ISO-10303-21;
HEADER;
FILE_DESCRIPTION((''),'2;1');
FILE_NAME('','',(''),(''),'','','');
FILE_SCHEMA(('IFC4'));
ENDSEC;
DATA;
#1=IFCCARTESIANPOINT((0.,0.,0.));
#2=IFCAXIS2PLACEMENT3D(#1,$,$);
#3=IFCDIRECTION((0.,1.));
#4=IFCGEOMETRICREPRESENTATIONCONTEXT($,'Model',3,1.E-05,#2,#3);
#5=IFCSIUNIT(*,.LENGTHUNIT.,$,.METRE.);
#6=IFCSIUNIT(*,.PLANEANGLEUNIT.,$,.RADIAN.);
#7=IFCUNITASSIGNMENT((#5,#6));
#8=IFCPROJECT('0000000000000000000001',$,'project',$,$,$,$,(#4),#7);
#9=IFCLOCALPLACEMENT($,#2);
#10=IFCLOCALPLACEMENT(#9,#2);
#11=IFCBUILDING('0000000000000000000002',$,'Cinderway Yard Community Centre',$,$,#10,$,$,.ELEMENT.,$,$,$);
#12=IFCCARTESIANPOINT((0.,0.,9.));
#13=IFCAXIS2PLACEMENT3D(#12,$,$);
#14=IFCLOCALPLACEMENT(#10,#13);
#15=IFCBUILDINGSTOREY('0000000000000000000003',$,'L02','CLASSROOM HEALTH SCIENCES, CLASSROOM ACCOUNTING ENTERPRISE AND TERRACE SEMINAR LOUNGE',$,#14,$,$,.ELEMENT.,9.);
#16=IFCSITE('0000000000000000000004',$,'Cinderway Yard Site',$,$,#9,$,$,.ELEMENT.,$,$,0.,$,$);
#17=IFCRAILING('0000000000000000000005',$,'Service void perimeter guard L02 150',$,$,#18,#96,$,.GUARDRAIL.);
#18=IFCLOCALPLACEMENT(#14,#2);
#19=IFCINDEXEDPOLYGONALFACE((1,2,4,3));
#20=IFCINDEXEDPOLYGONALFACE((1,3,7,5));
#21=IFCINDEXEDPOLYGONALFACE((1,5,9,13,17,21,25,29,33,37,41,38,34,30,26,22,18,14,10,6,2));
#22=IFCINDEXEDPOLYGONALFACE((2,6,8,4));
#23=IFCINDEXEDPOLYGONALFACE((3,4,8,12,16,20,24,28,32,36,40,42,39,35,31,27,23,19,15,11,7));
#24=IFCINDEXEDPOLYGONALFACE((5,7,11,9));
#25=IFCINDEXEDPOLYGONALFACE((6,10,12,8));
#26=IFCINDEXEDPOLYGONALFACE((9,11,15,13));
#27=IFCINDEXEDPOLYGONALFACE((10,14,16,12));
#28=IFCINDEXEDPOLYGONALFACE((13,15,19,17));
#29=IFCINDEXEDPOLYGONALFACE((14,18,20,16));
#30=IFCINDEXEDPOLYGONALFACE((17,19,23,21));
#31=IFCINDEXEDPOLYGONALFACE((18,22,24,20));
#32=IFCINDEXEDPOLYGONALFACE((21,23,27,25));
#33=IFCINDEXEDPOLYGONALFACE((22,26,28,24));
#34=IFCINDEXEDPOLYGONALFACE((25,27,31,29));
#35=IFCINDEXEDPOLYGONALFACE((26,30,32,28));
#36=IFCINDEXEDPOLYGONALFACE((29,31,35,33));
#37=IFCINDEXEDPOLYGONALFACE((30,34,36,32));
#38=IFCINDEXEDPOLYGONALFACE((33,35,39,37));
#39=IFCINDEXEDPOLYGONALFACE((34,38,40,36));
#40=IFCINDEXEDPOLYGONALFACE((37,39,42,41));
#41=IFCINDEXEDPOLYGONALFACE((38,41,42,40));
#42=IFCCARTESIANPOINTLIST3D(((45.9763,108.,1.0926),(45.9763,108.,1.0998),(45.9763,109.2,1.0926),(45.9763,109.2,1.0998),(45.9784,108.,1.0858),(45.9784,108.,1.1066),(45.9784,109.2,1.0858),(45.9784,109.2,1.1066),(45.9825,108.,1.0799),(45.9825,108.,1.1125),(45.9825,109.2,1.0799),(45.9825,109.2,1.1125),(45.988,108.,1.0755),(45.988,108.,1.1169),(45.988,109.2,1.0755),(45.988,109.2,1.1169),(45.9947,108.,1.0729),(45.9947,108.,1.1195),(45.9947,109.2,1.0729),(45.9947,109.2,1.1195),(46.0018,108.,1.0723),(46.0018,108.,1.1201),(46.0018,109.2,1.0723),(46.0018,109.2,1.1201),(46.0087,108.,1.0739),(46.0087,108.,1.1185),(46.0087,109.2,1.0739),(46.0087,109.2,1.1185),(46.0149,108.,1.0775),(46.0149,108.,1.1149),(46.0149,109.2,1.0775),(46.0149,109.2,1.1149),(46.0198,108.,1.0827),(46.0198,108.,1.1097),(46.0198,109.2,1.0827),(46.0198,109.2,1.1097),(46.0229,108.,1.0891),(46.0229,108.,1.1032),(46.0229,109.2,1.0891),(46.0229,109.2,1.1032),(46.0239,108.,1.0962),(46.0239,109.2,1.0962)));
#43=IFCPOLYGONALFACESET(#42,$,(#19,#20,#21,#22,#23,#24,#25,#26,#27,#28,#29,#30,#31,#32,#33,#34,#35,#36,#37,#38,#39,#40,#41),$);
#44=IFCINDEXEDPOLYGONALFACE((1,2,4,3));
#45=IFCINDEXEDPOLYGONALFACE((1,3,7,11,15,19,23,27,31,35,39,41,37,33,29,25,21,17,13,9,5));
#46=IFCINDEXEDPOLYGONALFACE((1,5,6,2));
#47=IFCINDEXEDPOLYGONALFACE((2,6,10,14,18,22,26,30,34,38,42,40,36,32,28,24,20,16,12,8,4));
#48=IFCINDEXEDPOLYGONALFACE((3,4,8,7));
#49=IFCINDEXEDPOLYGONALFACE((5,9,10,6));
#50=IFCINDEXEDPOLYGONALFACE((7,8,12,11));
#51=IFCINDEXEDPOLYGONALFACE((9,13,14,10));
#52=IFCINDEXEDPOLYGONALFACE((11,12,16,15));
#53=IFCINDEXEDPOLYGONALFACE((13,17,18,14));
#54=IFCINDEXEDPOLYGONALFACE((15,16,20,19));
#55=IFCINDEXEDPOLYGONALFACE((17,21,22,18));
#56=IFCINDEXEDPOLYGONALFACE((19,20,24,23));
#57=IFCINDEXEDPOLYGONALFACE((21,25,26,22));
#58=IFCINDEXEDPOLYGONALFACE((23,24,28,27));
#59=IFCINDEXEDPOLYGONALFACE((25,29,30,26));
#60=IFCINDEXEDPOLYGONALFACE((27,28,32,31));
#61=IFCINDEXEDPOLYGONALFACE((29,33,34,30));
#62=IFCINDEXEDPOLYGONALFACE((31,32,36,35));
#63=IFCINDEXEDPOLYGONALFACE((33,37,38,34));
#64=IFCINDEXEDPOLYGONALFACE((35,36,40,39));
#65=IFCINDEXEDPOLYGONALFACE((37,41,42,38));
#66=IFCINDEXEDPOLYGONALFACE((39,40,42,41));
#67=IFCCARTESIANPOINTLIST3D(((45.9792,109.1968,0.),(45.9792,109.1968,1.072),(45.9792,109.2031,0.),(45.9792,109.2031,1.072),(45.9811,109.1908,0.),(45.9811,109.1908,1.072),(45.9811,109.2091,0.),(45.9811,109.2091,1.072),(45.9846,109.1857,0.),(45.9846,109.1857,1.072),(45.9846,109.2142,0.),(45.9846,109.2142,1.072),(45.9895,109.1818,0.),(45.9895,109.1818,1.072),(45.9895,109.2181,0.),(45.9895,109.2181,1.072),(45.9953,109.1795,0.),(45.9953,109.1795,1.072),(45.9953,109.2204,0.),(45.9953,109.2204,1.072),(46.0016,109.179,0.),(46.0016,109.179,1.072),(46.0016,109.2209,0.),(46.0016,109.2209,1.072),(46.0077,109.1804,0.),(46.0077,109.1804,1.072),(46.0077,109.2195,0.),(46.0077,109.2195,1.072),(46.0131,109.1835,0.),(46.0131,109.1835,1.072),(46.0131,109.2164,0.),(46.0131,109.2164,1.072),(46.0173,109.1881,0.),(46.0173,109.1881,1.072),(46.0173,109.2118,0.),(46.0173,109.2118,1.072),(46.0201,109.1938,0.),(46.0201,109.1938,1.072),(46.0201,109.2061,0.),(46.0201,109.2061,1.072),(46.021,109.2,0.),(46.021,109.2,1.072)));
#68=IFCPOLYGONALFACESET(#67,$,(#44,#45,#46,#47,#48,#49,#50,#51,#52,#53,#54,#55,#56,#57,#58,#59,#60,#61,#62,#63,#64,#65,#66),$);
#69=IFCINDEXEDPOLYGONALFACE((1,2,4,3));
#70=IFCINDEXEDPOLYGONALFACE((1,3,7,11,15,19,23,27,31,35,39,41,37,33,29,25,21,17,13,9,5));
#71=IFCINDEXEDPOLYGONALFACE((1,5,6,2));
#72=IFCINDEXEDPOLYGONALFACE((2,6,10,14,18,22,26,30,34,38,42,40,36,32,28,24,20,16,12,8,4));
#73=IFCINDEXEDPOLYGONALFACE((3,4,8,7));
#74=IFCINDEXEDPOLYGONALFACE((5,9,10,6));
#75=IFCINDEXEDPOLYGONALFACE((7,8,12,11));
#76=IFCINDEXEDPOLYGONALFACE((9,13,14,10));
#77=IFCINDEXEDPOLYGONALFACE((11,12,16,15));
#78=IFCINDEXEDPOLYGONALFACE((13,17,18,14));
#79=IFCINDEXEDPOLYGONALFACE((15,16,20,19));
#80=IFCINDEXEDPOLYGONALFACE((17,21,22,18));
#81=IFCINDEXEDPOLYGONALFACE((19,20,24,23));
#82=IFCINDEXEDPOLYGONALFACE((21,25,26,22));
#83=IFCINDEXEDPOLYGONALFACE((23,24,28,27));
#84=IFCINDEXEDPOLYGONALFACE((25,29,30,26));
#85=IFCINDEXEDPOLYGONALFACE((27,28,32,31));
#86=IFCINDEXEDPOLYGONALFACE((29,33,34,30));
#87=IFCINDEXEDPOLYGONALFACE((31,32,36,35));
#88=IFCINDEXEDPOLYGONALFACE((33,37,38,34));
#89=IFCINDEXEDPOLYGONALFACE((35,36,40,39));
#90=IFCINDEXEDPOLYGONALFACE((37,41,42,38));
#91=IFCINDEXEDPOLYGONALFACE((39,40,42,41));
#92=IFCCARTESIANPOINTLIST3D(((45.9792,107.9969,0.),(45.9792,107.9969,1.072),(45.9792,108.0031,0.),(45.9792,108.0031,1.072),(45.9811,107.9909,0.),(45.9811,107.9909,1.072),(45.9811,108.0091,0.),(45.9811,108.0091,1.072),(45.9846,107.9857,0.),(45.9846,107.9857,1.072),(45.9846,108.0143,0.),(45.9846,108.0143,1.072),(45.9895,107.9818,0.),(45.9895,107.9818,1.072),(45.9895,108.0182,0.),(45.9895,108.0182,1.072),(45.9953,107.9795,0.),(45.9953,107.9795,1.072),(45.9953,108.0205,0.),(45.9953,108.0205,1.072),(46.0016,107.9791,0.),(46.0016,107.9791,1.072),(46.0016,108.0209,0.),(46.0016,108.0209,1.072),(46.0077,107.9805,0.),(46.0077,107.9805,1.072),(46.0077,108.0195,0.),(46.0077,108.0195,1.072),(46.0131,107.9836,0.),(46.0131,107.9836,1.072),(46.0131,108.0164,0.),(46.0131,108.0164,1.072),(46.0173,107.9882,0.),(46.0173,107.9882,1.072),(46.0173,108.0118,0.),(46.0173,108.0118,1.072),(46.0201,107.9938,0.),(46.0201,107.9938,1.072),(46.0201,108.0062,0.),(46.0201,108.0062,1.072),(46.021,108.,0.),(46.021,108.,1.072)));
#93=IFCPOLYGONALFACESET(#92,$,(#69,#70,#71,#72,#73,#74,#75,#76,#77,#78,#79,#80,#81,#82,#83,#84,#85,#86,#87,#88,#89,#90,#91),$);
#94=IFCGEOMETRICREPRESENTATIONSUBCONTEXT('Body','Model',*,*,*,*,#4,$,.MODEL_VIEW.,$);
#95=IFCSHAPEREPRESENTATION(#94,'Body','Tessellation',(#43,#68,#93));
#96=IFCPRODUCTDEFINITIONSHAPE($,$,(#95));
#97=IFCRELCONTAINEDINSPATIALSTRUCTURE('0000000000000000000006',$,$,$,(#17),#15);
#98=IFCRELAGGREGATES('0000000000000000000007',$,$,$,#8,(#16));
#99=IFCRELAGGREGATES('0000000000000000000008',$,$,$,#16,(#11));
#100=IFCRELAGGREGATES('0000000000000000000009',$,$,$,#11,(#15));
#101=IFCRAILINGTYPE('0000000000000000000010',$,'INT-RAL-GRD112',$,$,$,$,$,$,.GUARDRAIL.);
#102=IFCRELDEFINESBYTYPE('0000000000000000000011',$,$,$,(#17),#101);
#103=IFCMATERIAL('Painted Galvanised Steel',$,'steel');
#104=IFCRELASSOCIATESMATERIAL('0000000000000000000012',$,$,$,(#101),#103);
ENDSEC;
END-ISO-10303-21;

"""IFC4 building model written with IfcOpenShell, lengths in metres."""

from ifc_helpers import new_model, si_unit, direction, frame, origin, origin_2d, place, context, subcontext, project, spatial, circle, extrude, material, type_object, element, save


model = new_model("IFC4")

# Units and contexts
model_context = context("Model", 3, precision=1e-05, world=origin(), true_north=direction((0.0, 1.0)))
body_context = subcontext(model_context, "Body", "Model", "MODEL_VIEW")
ifc_project = project(units=[si_unit("LENGTHUNIT", "METRE"), si_unit("PLANEANGLEUNIT", "RADIAN")], contexts=[model_context])

# Site, building, storey
site_placement = place(None, origin())
site = spatial("IfcSite", under=ifc_project, at=site_placement, Name="Cinderway Yard Site", CompositionType="ELEMENT", RefElevation=0.0)
building_placement = place(site_placement, origin())
building = spatial("IfcBuilding", under=site, at=building_placement, Name="Cinderway Yard Community Centre", CompositionType="ELEMENT")
storey_placement = place(building_placement, frame((0.0, 0.0, 9.0)))
storey = spatial("IfcBuildingStorey", under=building, at=storey_placement, Name="L02", Description="CLASSROOM HEALTH SCIENCES, CLASSROOM ACCOUNTING ENTERPRISE AND TERRACE SEMINAR LOUNGE", CompositionType="ELEMENT", Elevation=9.0)

# Railing
ifc_material_1 = material(Name="Painted Galvanised Steel", Category="steel")
railing_type = type_object("IfcRailingType", Name="INT-RAL-GRD112", PredefinedType="GUARDRAIL", material=ifc_material_1)
railing_1_placement = place(storey_placement, frame((46.0, 109.2, 0.0)))
element("IfcRailing", 1, at=railing_1_placement, inside=storey, type_object=railing_type, Name="Service void perimeter guard L02 150", PredefinedType="GUARDRAIL", context=body_context, shape_type="SweptSolid", body=[
    extrude(circle(Radius=0.0239, at=origin_2d()), frame((0.0, 0.0, 1.0962), z_axis=(0.0, -1.0, 0.0), x_axis=(1.0, 0.0, 0.0)), (0.0, 0.0, 1.0), 1.2),
    extrude(circle(Radius=0.021, at=origin_2d()), origin(), (0.0, 0.0, 1.0), 1.072),
    extrude(circle(Radius=0.021, at=origin_2d()), frame((0.0, -1.2, 0.0)), (0.0, 0.0, 1.0), 1.072),
])

save(model, "model.ifc")
